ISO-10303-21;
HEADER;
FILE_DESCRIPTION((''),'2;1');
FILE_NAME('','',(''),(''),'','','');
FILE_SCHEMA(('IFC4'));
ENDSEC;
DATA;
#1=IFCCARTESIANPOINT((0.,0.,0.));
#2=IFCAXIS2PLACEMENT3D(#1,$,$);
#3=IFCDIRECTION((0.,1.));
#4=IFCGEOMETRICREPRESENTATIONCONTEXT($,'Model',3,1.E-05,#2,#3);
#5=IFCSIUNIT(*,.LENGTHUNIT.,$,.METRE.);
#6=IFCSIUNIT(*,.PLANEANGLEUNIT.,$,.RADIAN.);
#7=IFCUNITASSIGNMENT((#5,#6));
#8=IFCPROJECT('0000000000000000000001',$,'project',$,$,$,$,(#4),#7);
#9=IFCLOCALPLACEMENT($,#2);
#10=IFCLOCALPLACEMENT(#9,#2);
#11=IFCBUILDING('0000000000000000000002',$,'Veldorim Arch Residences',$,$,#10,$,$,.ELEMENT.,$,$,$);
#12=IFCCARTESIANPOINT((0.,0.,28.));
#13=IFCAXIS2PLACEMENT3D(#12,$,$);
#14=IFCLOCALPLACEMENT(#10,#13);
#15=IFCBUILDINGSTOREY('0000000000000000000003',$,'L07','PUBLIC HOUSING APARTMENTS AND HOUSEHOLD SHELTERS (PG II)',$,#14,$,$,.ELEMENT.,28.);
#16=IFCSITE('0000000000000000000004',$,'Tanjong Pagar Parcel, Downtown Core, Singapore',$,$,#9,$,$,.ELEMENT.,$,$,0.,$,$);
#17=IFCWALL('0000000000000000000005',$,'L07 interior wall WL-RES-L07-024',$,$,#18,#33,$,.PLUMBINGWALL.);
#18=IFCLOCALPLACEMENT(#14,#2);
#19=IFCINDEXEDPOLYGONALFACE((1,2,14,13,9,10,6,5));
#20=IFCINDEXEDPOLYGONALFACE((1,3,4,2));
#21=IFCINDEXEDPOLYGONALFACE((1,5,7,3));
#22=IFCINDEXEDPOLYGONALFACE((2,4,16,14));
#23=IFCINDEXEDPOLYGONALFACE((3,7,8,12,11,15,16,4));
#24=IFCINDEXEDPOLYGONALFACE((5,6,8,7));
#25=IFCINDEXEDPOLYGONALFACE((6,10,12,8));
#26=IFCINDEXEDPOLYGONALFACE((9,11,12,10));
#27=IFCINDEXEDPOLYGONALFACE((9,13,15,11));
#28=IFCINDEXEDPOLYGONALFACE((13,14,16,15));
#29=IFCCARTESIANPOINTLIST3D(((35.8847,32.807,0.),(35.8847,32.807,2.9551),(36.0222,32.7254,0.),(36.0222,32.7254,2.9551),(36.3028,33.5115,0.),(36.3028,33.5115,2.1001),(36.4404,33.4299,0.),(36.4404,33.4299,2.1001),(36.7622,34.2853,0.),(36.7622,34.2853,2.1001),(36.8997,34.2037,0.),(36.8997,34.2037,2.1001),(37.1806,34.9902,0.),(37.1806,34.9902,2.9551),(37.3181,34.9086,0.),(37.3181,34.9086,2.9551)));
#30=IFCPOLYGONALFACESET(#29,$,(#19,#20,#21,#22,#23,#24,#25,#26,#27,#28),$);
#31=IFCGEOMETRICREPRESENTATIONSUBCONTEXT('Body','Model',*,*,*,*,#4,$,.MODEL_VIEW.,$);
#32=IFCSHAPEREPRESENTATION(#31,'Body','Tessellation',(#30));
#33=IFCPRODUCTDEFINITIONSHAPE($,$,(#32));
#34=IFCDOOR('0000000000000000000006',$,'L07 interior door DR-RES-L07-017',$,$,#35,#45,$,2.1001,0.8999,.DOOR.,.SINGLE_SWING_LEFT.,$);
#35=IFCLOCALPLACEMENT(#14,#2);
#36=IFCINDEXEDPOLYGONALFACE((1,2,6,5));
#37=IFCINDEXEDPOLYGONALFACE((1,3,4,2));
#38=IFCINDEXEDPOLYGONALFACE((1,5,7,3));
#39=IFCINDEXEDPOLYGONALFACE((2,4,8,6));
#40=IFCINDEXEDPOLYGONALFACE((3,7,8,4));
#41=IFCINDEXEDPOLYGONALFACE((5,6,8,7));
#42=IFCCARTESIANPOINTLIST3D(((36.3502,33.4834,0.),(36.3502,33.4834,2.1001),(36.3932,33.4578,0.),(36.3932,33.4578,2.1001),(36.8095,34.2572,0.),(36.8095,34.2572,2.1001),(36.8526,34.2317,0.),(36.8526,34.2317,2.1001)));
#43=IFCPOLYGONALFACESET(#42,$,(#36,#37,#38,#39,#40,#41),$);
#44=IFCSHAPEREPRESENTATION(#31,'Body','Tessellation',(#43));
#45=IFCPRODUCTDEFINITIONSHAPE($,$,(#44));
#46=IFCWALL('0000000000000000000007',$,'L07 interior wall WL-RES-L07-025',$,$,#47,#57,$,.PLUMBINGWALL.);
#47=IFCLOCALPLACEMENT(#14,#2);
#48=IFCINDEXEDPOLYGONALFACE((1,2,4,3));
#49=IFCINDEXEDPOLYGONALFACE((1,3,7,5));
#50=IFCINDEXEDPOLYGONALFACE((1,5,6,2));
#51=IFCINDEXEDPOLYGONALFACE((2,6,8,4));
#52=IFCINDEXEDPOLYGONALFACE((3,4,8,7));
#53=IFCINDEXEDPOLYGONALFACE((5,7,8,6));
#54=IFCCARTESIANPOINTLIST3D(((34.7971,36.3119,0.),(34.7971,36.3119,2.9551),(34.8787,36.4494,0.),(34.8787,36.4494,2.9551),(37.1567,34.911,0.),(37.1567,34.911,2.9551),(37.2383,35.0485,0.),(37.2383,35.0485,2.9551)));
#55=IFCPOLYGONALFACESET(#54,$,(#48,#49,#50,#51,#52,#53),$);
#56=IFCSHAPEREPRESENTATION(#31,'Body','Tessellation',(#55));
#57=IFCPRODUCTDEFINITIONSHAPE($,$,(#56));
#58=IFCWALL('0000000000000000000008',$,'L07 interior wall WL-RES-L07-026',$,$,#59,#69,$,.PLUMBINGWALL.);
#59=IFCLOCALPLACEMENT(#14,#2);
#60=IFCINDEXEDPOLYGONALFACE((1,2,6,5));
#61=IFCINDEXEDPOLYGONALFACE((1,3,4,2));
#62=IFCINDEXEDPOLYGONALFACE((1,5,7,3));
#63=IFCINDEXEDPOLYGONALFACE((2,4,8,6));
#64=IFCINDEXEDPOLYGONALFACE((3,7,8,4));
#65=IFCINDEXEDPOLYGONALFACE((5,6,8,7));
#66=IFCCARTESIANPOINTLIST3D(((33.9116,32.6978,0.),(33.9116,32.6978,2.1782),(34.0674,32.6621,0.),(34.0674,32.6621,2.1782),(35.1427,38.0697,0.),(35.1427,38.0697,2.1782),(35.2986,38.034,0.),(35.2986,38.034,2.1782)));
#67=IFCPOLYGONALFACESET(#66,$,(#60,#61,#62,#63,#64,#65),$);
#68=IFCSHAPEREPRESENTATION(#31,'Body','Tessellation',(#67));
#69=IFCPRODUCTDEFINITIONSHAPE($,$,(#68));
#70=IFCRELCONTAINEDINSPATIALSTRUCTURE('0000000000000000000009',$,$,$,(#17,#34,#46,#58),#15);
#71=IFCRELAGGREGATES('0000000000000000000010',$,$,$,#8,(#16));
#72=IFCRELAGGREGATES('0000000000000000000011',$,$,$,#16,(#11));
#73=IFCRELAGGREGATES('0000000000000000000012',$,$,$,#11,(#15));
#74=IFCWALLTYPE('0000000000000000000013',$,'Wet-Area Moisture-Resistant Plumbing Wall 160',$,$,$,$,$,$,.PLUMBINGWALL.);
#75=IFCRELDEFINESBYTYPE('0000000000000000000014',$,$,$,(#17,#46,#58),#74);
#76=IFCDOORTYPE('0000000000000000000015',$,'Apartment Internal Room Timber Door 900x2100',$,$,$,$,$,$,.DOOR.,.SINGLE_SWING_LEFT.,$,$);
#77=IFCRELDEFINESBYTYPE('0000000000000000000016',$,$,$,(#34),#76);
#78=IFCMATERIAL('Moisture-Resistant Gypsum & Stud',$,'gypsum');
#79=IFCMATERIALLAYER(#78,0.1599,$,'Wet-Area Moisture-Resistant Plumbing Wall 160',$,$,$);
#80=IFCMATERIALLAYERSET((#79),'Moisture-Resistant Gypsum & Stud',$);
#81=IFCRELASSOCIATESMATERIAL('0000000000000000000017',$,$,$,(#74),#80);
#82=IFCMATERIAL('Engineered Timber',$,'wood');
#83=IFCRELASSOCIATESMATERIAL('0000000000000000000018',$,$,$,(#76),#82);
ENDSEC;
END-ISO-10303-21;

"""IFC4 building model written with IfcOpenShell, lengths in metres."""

from ifc_helpers import new_model, si_unit, direction, frame, frame_2d, origin, place, context, subcontext, project, spatial, rectangle, extrude, material, layer, layer_set, type_object, element, fill, save


model = new_model("IFC4")

# Units and contexts
model_context = context("Model", 3, precision=1e-05, world=origin(), true_north=direction((0.0, 1.0)))
body_context = subcontext(model_context, "Body", "Model", "MODEL_VIEW")
ifc_project = project(units=[si_unit("LENGTHUNIT", "METRE"), si_unit("PLANEANGLEUNIT", "RADIAN")], contexts=[model_context])

# Site, building, storey
site_placement = place(None, origin())
site = spatial("IfcSite", under=ifc_project, at=site_placement, Name="Tanjong Pagar Parcel, Downtown Core, Singapore", CompositionType="ELEMENT", RefElevation=0.0)
building_placement = place(site_placement, origin())
building = spatial("IfcBuilding", under=site, at=building_placement, Name="Veldorim Arch Residences", CompositionType="ELEMENT")
storey_placement = place(building_placement, frame((0.0, 0.0, 28.0)))
storey = spatial("IfcBuildingStorey", under=building, at=storey_placement, Name="L07", Description="PUBLIC HOUSING APARTMENTS AND HOUSEHOLD SHELTERS (PG II)", CompositionType="ELEMENT", Elevation=28.0)

# Wall, opening, door
ifc_material_1 = material(Name="Moisture-Resistant Gypsum & Stud", Category="gypsum")
ifc_layer_1 = layer(ifc_material_1, 0.1599, Name="Wet-Area Moisture-Resistant Plumbing Wall 160")
ifc_layer_set_1 = layer_set([ifc_layer_1], Name="Moisture-Resistant Gypsum & Stud")
wall_type_1 = type_object("IfcWallType", Name="Wet-Area Moisture-Resistant Plumbing Wall 160", PredefinedType="PLUMBINGWALL", material=ifc_layer_set_1)
wall_1_placement = place(storey_placement, frame((35.9534, 32.7661, 0.0), z_axis=(0.0, 0.0, 1.0), x_axis=(0.510445, 0.85991, 0.0)))
wall_1 = element("IfcWall", 1, at=wall_1_placement, inside=storey, type_object=wall_type_1, Name="L07 interior wall WL-RES-L07-024", PredefinedType="PLUMBINGWALL", context=body_context, shape_type="SweptSolid", body=[
    extrude(rectangle(XDim=2.5388, YDim=0.1599, at=frame_2d((1.2695, 0.0))), origin(), (0.0, 0.0, 1.0), 2.9551),
])
opening_1_placement = place(wall_1_placement, frame((0.8193, 0.0, 0.0)))
opening_1 = element("IfcOpeningElement", 2, at=opening_1_placement, cuts=wall_1, PredefinedType="OPENING", context=body_context, shape_type="SweptSolid", body=[
    extrude(rectangle(XDim=0.8999, YDim=2.1001, at=frame_2d((0.45, 1.05))), frame((0.0, 0.0898, 0.0), z_axis=(0.0, -1.0, 0.0), x_axis=(1.0, 0.0, 0.0)), (0.0, 0.0, 1.0), 0.1799),
])
ifc_material_2 = material(Name="Engineered Timber", Category="wood")
door_type_1 = type_object("IfcDoorType", Name="Apartment Internal Room Timber Door 900x2100", OperationType="SINGLE_SWING_LEFT", PredefinedType="DOOR", material=ifc_material_2)
door_1_placement = place(opening_1_placement, origin())
door_1 = element("IfcDoor", 3, at=door_1_placement, inside=storey, type_object=door_type_1, Name="L07 interior door DR-RES-L07-017", OperationType="SINGLE_SWING_LEFT", OverallHeight=2.1001, OverallWidth=0.8999, PredefinedType="DOOR", context=body_context, shape_type="SweptSolid", body=[
    extrude(rectangle(XDim=0.8999, YDim=2.1001, at=frame_2d((0.45, 1.05))), frame((0.0, 0.0249, 0.0), z_axis=(0.0, -1.0, 0.0), x_axis=(1.0, 0.0, 0.0)), (0.0, 0.0, 1.0), 0.05),
])
fill(opening_1, door_1)

# Walls
wall_2_placement = place(storey_placement, frame((37.1975, 34.9797, 0.0), z_axis=(0.0, 0.0, 1.0), x_axis=(-0.859878, 0.5105, 0.0)))
element("IfcWall", 4, at=wall_2_placement, inside=storey, type_object=wall_type_1, Name="L07 interior wall WL-RES-L07-025", PredefinedType="PLUMBINGWALL", context=body_context, shape_type="SweptSolid", body=[
    extrude(rectangle(XDim=2.7441, YDim=0.1599, at=frame_2d((1.3721, 0.0))), origin(), (0.0, 0.0, 1.0), 2.9551),
])
wall_3_placement = place(storey_placement, frame((33.9895, 32.6799, 0.0), z_axis=(0.0, 0.0, 1.0), x_axis=(0.223394, 0.974728, 0.0)))
element("IfcWall", 5, at=wall_3_placement, inside=storey, type_object=wall_type_1, Name="L07 interior wall WL-RES-L07-026", PredefinedType="PLUMBINGWALL", context=body_context, shape_type="SweptSolid", body=[
    extrude(rectangle(XDim=5.5112, YDim=0.1599, at=frame_2d((2.7556, 0.0))), origin(), (0.0, 0.0, 1.0), 2.1782),
])

save(model, "model.ifc")
